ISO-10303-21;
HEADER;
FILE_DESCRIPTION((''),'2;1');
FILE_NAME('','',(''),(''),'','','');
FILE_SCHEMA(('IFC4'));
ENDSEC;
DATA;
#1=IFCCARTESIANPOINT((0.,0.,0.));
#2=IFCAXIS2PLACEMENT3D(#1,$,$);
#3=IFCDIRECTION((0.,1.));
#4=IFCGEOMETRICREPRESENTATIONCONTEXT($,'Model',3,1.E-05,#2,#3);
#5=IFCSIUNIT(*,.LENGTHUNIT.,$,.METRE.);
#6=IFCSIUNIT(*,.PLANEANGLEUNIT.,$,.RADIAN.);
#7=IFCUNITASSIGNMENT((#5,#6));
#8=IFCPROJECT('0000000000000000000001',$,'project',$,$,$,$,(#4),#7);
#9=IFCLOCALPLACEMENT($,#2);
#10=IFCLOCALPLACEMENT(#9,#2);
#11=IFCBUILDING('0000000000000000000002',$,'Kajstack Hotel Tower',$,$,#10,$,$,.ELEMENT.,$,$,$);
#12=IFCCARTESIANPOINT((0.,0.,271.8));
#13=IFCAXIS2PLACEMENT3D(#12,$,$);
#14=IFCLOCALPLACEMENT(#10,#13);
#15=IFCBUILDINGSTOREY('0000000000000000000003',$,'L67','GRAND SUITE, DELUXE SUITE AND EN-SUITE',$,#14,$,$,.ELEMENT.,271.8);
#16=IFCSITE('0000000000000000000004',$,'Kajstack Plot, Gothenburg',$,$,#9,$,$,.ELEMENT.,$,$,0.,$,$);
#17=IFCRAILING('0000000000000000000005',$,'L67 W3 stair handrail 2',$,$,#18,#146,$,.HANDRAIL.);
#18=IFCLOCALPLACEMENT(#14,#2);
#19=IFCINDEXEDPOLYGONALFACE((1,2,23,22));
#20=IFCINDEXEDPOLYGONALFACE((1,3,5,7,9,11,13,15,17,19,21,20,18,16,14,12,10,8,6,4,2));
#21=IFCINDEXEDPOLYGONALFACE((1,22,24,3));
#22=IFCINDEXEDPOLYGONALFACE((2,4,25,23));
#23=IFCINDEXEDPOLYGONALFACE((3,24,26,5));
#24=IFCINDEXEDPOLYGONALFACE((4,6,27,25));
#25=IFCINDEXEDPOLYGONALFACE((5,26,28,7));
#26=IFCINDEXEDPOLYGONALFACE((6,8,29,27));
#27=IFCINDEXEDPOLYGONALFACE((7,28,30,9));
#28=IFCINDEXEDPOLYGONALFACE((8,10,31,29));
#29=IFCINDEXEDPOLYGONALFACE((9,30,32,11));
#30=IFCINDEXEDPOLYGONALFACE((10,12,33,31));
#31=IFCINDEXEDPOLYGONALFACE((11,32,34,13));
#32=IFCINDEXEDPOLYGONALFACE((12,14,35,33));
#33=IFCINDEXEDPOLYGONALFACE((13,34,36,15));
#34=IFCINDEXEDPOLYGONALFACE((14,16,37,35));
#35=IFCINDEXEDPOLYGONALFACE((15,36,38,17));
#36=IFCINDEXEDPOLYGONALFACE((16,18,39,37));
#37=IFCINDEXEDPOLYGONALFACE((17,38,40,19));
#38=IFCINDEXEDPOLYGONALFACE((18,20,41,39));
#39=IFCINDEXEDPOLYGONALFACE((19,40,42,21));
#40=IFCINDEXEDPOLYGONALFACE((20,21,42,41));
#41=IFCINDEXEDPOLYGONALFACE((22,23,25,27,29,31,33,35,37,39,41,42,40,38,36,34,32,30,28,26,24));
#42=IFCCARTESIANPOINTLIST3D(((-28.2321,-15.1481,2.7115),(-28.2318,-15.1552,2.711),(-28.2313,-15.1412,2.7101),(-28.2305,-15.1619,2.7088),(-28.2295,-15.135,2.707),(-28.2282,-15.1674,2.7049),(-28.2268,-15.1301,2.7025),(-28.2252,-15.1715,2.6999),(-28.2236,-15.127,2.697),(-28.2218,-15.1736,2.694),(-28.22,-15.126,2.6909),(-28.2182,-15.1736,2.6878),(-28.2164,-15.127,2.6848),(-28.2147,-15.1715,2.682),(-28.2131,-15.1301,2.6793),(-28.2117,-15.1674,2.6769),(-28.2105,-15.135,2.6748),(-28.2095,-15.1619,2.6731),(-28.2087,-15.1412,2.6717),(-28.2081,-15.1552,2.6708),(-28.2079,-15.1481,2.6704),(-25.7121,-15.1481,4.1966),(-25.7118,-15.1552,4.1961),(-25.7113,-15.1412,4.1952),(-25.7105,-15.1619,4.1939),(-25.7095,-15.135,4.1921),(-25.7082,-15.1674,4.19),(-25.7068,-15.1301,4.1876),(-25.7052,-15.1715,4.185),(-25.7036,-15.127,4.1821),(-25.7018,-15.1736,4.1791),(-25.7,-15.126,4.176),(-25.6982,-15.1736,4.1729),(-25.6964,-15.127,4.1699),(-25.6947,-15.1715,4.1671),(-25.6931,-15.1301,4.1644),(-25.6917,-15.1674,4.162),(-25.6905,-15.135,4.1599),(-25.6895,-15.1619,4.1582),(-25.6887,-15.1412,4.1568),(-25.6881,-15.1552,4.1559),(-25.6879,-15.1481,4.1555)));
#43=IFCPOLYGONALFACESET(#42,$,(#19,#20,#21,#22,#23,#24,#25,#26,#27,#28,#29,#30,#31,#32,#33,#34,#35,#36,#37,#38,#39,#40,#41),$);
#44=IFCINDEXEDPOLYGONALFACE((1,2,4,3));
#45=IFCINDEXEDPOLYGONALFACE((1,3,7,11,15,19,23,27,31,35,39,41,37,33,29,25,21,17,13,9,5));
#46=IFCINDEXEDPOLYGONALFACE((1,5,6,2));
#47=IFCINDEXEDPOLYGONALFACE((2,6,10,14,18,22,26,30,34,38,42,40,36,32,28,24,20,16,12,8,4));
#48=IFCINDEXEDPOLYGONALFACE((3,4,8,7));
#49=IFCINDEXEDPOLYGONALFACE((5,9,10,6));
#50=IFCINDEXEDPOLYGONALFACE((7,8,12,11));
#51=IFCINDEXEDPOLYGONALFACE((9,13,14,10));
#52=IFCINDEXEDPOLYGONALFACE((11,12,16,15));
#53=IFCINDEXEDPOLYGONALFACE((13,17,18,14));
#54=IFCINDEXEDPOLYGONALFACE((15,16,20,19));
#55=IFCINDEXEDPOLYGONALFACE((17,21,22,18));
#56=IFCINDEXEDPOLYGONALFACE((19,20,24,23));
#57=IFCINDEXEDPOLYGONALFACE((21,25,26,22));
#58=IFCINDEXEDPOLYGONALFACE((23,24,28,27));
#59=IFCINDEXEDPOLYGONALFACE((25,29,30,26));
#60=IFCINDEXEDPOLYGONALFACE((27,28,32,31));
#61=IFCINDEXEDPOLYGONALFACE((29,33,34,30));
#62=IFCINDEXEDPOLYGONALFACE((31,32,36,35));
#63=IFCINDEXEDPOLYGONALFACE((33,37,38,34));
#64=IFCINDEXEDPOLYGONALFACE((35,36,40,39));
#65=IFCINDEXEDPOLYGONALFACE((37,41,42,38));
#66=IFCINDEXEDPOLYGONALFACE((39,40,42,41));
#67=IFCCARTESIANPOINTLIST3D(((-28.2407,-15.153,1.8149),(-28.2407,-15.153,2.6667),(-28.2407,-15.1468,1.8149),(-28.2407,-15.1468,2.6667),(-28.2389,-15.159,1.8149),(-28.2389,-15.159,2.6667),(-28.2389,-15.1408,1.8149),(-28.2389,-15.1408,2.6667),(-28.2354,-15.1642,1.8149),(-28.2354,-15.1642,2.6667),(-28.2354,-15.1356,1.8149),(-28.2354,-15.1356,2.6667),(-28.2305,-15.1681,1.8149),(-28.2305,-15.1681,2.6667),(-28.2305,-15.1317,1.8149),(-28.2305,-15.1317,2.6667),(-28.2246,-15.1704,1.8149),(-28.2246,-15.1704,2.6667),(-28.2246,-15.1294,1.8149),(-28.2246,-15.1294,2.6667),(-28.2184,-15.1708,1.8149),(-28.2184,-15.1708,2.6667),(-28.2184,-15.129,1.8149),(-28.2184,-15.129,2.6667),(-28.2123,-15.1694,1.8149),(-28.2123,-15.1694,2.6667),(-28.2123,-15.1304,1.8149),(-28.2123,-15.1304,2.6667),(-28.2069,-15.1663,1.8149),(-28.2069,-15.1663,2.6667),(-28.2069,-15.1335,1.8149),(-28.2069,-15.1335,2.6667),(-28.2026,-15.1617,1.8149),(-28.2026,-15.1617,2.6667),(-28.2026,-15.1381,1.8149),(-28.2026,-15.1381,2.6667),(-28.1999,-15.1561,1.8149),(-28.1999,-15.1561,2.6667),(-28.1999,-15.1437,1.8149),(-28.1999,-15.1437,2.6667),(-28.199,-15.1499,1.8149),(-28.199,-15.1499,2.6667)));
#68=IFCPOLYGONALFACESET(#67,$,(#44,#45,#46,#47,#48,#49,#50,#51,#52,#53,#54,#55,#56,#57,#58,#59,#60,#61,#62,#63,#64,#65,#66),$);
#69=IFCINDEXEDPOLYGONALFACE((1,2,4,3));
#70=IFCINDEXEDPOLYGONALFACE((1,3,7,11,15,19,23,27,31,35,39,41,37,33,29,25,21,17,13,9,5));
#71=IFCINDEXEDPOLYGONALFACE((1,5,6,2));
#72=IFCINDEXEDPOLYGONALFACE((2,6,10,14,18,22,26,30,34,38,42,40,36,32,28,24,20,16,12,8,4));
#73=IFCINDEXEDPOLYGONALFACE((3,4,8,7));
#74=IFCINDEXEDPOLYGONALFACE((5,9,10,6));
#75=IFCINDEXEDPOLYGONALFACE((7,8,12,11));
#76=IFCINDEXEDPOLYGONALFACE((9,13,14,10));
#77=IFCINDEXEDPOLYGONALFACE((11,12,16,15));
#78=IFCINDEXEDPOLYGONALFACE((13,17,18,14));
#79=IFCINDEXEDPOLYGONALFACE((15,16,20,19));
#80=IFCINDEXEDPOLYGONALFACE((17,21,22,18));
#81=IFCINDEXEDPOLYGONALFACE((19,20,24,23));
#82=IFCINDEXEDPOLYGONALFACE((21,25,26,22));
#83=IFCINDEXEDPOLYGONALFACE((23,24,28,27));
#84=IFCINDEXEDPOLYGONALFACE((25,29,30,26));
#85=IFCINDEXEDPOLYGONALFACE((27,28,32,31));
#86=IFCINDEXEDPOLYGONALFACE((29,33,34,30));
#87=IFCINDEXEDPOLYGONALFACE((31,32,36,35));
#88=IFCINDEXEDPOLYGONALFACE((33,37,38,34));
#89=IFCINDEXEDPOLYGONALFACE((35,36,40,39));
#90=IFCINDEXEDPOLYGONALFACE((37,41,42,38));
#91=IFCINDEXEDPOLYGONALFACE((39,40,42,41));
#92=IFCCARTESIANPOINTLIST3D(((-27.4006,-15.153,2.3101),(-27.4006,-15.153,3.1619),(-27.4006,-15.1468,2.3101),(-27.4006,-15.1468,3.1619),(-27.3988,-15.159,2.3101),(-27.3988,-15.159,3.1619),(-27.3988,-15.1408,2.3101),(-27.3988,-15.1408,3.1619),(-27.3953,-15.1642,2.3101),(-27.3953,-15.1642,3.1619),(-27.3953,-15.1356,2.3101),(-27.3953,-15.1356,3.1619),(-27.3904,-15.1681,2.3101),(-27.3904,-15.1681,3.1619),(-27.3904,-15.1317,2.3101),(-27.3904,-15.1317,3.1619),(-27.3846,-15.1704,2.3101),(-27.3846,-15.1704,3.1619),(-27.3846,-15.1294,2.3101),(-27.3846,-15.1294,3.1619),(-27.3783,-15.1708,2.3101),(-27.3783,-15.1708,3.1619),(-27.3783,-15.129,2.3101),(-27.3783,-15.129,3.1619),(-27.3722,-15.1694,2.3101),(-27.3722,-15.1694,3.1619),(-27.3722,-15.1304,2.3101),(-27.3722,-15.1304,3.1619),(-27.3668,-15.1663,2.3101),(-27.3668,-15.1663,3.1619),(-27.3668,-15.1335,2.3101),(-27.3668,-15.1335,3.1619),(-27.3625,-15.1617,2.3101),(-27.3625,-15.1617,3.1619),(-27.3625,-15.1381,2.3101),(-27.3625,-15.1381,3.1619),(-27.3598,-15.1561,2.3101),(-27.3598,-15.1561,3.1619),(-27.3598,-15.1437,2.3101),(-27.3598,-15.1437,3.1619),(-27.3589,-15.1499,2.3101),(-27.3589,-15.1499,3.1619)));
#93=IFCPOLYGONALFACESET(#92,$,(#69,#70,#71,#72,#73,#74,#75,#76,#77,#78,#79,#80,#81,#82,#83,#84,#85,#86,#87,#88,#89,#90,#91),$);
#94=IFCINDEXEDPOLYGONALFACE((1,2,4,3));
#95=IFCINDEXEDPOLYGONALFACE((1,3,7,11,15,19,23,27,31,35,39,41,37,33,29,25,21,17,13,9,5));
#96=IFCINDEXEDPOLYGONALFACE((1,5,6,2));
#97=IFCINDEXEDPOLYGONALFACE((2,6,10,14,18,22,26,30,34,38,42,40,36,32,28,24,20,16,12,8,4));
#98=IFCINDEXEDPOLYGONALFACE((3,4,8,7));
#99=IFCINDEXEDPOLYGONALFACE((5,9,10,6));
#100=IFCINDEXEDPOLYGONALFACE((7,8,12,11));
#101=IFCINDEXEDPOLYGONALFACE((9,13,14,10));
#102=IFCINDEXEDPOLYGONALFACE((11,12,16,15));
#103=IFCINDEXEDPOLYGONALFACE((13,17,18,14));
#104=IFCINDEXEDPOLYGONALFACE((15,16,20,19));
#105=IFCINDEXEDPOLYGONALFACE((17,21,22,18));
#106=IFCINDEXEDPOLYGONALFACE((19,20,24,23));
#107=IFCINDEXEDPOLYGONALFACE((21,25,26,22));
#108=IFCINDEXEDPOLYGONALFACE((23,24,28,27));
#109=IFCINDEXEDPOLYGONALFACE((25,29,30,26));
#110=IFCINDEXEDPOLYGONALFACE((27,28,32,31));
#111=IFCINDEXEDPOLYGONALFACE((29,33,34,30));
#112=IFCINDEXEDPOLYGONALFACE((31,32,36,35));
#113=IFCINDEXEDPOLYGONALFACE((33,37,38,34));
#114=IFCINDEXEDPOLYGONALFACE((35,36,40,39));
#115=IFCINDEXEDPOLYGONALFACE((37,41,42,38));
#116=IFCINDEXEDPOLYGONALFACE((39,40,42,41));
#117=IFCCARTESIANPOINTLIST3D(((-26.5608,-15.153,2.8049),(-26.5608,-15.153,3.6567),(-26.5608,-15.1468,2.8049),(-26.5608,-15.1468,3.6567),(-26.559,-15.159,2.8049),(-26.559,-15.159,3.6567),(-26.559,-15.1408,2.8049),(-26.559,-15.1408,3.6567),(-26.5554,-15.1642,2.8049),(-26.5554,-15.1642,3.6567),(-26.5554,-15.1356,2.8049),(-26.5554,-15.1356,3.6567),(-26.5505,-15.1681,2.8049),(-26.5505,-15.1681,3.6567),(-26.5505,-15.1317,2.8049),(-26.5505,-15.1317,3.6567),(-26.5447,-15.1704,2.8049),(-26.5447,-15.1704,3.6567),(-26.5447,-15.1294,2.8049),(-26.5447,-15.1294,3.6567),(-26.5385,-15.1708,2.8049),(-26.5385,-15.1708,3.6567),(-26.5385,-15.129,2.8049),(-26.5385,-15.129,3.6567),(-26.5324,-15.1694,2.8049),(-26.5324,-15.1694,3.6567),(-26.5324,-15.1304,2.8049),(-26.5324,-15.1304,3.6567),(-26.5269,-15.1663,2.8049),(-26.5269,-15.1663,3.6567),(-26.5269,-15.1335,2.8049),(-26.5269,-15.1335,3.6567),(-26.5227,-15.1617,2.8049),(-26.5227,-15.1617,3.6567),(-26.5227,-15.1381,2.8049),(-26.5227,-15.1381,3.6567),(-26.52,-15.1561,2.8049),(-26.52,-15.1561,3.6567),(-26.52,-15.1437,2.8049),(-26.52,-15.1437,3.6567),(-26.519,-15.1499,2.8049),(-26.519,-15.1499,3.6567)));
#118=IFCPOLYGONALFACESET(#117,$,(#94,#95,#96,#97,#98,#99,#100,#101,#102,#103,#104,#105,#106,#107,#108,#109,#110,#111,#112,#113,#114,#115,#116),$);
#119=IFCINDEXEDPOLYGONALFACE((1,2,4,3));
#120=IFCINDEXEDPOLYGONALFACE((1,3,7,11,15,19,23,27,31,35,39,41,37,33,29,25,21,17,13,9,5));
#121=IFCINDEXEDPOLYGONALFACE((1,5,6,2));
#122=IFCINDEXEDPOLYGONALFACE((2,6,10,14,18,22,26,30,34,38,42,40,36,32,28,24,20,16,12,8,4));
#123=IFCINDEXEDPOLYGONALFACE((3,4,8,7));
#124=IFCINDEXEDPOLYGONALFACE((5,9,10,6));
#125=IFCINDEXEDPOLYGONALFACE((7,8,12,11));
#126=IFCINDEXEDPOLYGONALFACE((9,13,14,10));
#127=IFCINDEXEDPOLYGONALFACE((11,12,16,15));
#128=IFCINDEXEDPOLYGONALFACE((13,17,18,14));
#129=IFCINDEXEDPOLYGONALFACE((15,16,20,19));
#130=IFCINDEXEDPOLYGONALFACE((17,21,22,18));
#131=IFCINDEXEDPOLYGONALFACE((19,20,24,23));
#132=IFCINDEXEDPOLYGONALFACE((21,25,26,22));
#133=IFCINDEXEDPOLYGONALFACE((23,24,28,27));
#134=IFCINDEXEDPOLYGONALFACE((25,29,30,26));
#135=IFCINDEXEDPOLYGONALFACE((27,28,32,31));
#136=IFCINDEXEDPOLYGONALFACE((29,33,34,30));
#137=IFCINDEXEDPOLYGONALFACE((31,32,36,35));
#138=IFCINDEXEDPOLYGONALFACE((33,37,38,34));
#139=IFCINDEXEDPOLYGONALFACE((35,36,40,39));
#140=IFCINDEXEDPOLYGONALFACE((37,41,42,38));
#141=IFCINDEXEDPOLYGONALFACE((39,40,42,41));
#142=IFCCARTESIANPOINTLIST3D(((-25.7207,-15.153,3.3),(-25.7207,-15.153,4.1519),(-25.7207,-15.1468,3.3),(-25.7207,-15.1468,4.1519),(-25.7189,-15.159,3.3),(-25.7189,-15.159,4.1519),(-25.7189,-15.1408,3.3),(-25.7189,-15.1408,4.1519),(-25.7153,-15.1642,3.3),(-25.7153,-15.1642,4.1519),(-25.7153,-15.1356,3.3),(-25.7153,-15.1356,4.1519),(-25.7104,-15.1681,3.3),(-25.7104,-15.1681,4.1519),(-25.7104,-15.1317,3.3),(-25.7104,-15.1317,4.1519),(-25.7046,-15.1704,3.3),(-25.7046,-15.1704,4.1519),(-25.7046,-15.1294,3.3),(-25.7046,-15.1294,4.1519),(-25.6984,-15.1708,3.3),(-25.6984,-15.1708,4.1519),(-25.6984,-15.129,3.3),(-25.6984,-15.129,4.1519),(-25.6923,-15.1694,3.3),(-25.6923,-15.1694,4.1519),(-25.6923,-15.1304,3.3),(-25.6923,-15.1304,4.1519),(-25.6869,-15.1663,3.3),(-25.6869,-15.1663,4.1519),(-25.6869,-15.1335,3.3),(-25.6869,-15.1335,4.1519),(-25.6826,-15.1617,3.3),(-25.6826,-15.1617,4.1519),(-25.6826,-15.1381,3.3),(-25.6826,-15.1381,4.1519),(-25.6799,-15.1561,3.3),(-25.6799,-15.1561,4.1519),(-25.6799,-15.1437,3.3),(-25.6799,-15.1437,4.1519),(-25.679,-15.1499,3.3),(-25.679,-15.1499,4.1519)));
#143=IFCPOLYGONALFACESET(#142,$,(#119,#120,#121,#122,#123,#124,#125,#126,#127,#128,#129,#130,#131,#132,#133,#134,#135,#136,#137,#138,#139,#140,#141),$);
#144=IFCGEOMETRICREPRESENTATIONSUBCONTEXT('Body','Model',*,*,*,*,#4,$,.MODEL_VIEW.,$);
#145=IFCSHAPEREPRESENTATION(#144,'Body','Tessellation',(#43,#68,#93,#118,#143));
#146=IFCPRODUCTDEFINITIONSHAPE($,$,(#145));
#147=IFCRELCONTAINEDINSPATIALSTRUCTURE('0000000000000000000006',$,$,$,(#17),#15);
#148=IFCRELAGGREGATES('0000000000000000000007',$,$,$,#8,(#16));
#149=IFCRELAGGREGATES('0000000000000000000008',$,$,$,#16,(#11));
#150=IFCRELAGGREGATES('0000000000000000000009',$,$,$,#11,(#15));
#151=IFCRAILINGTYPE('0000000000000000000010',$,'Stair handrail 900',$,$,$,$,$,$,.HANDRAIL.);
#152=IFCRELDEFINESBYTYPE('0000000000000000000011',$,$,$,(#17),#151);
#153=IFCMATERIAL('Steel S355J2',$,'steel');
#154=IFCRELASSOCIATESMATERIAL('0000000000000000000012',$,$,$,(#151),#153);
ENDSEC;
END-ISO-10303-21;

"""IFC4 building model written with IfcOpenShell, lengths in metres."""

from ifc_helpers import new_model, si_unit, direction, frame, origin, origin_2d, place, context, subcontext, project, spatial, circle, extrude, material, type_object, element, save


model = new_model("IFC4")

# Units and contexts
model_context = context("Model", 3, precision=1e-05, world=origin(), true_north=direction((0.0, 1.0)))
body_context = subcontext(model_context, "Body", "Model", "MODEL_VIEW")
ifc_project = project(units=[si_unit("LENGTHUNIT", "METRE"), si_unit("PLANEANGLEUNIT", "RADIAN")], contexts=[model_context])

# Site, building, storey
site_placement = place(None, origin())
site = spatial("IfcSite", under=ifc_project, at=site_placement, Name="Kajstack Plot, Gothenburg", CompositionType="ELEMENT", RefElevation=0.0)
building_placement = place(site_placement, origin())
building = spatial("IfcBuilding", under=site, at=building_placement, Name="Kajstack Hotel Tower", CompositionType="ELEMENT")
storey_placement = place(building_placement, frame((0.0, 0.0, 271.8)))
storey = spatial("IfcBuildingStorey", under=building, at=storey_placement, Name="L67", Description="GRAND SUITE, DELUXE SUITE AND EN-SUITE", CompositionType="ELEMENT", Elevation=271.8)

# Railing
ifc_material_1 = material(Name="Steel S355J2", Category="steel")
railing_type = type_object("IfcRailingType", Name="Stair handrail 900", PredefinedType="HANDRAIL", material=ifc_material_1)
railing_1_placement = place(storey_placement, frame((-28.22, -15.1499, 1.8149)))
element("IfcRailing", 1, at=railing_1_placement, inside=storey, type_object=railing_type, Name="L67 W3 stair handrail 2", PredefinedType="HANDRAIL", context=body_context, shape_type="SweptSolid", body=[
    extrude(circle(Radius=0.0239, at=origin_2d()), frame((0.0, 0.0, 0.876), z_axis=(0.861524, 0.0, 0.507717), x_axis=(0.0, 1.0, 0.0)), (0.0, 0.0, 1.0), 2.925),
    extrude(circle(Radius=0.021, at=origin_2d()), origin(), (0.0, 0.0, 1.0), 0.8518),
    extrude(circle(Radius=0.021, at=origin_2d()), frame((0.8401, 0.0, 0.4951)), (0.0, 0.0, 1.0), 0.8518),
    extrude(circle(Radius=0.021, at=origin_2d()), frame((1.6799, 0.0, 0.99)), (0.0, 0.0, 1.0), 0.8518),
    extrude(circle(Radius=0.021, at=origin_2d()), frame((2.52, 0.0, 1.4851)), (0.0, 0.0, 1.0), 0.8518),
])

save(model, "model.ifc")
